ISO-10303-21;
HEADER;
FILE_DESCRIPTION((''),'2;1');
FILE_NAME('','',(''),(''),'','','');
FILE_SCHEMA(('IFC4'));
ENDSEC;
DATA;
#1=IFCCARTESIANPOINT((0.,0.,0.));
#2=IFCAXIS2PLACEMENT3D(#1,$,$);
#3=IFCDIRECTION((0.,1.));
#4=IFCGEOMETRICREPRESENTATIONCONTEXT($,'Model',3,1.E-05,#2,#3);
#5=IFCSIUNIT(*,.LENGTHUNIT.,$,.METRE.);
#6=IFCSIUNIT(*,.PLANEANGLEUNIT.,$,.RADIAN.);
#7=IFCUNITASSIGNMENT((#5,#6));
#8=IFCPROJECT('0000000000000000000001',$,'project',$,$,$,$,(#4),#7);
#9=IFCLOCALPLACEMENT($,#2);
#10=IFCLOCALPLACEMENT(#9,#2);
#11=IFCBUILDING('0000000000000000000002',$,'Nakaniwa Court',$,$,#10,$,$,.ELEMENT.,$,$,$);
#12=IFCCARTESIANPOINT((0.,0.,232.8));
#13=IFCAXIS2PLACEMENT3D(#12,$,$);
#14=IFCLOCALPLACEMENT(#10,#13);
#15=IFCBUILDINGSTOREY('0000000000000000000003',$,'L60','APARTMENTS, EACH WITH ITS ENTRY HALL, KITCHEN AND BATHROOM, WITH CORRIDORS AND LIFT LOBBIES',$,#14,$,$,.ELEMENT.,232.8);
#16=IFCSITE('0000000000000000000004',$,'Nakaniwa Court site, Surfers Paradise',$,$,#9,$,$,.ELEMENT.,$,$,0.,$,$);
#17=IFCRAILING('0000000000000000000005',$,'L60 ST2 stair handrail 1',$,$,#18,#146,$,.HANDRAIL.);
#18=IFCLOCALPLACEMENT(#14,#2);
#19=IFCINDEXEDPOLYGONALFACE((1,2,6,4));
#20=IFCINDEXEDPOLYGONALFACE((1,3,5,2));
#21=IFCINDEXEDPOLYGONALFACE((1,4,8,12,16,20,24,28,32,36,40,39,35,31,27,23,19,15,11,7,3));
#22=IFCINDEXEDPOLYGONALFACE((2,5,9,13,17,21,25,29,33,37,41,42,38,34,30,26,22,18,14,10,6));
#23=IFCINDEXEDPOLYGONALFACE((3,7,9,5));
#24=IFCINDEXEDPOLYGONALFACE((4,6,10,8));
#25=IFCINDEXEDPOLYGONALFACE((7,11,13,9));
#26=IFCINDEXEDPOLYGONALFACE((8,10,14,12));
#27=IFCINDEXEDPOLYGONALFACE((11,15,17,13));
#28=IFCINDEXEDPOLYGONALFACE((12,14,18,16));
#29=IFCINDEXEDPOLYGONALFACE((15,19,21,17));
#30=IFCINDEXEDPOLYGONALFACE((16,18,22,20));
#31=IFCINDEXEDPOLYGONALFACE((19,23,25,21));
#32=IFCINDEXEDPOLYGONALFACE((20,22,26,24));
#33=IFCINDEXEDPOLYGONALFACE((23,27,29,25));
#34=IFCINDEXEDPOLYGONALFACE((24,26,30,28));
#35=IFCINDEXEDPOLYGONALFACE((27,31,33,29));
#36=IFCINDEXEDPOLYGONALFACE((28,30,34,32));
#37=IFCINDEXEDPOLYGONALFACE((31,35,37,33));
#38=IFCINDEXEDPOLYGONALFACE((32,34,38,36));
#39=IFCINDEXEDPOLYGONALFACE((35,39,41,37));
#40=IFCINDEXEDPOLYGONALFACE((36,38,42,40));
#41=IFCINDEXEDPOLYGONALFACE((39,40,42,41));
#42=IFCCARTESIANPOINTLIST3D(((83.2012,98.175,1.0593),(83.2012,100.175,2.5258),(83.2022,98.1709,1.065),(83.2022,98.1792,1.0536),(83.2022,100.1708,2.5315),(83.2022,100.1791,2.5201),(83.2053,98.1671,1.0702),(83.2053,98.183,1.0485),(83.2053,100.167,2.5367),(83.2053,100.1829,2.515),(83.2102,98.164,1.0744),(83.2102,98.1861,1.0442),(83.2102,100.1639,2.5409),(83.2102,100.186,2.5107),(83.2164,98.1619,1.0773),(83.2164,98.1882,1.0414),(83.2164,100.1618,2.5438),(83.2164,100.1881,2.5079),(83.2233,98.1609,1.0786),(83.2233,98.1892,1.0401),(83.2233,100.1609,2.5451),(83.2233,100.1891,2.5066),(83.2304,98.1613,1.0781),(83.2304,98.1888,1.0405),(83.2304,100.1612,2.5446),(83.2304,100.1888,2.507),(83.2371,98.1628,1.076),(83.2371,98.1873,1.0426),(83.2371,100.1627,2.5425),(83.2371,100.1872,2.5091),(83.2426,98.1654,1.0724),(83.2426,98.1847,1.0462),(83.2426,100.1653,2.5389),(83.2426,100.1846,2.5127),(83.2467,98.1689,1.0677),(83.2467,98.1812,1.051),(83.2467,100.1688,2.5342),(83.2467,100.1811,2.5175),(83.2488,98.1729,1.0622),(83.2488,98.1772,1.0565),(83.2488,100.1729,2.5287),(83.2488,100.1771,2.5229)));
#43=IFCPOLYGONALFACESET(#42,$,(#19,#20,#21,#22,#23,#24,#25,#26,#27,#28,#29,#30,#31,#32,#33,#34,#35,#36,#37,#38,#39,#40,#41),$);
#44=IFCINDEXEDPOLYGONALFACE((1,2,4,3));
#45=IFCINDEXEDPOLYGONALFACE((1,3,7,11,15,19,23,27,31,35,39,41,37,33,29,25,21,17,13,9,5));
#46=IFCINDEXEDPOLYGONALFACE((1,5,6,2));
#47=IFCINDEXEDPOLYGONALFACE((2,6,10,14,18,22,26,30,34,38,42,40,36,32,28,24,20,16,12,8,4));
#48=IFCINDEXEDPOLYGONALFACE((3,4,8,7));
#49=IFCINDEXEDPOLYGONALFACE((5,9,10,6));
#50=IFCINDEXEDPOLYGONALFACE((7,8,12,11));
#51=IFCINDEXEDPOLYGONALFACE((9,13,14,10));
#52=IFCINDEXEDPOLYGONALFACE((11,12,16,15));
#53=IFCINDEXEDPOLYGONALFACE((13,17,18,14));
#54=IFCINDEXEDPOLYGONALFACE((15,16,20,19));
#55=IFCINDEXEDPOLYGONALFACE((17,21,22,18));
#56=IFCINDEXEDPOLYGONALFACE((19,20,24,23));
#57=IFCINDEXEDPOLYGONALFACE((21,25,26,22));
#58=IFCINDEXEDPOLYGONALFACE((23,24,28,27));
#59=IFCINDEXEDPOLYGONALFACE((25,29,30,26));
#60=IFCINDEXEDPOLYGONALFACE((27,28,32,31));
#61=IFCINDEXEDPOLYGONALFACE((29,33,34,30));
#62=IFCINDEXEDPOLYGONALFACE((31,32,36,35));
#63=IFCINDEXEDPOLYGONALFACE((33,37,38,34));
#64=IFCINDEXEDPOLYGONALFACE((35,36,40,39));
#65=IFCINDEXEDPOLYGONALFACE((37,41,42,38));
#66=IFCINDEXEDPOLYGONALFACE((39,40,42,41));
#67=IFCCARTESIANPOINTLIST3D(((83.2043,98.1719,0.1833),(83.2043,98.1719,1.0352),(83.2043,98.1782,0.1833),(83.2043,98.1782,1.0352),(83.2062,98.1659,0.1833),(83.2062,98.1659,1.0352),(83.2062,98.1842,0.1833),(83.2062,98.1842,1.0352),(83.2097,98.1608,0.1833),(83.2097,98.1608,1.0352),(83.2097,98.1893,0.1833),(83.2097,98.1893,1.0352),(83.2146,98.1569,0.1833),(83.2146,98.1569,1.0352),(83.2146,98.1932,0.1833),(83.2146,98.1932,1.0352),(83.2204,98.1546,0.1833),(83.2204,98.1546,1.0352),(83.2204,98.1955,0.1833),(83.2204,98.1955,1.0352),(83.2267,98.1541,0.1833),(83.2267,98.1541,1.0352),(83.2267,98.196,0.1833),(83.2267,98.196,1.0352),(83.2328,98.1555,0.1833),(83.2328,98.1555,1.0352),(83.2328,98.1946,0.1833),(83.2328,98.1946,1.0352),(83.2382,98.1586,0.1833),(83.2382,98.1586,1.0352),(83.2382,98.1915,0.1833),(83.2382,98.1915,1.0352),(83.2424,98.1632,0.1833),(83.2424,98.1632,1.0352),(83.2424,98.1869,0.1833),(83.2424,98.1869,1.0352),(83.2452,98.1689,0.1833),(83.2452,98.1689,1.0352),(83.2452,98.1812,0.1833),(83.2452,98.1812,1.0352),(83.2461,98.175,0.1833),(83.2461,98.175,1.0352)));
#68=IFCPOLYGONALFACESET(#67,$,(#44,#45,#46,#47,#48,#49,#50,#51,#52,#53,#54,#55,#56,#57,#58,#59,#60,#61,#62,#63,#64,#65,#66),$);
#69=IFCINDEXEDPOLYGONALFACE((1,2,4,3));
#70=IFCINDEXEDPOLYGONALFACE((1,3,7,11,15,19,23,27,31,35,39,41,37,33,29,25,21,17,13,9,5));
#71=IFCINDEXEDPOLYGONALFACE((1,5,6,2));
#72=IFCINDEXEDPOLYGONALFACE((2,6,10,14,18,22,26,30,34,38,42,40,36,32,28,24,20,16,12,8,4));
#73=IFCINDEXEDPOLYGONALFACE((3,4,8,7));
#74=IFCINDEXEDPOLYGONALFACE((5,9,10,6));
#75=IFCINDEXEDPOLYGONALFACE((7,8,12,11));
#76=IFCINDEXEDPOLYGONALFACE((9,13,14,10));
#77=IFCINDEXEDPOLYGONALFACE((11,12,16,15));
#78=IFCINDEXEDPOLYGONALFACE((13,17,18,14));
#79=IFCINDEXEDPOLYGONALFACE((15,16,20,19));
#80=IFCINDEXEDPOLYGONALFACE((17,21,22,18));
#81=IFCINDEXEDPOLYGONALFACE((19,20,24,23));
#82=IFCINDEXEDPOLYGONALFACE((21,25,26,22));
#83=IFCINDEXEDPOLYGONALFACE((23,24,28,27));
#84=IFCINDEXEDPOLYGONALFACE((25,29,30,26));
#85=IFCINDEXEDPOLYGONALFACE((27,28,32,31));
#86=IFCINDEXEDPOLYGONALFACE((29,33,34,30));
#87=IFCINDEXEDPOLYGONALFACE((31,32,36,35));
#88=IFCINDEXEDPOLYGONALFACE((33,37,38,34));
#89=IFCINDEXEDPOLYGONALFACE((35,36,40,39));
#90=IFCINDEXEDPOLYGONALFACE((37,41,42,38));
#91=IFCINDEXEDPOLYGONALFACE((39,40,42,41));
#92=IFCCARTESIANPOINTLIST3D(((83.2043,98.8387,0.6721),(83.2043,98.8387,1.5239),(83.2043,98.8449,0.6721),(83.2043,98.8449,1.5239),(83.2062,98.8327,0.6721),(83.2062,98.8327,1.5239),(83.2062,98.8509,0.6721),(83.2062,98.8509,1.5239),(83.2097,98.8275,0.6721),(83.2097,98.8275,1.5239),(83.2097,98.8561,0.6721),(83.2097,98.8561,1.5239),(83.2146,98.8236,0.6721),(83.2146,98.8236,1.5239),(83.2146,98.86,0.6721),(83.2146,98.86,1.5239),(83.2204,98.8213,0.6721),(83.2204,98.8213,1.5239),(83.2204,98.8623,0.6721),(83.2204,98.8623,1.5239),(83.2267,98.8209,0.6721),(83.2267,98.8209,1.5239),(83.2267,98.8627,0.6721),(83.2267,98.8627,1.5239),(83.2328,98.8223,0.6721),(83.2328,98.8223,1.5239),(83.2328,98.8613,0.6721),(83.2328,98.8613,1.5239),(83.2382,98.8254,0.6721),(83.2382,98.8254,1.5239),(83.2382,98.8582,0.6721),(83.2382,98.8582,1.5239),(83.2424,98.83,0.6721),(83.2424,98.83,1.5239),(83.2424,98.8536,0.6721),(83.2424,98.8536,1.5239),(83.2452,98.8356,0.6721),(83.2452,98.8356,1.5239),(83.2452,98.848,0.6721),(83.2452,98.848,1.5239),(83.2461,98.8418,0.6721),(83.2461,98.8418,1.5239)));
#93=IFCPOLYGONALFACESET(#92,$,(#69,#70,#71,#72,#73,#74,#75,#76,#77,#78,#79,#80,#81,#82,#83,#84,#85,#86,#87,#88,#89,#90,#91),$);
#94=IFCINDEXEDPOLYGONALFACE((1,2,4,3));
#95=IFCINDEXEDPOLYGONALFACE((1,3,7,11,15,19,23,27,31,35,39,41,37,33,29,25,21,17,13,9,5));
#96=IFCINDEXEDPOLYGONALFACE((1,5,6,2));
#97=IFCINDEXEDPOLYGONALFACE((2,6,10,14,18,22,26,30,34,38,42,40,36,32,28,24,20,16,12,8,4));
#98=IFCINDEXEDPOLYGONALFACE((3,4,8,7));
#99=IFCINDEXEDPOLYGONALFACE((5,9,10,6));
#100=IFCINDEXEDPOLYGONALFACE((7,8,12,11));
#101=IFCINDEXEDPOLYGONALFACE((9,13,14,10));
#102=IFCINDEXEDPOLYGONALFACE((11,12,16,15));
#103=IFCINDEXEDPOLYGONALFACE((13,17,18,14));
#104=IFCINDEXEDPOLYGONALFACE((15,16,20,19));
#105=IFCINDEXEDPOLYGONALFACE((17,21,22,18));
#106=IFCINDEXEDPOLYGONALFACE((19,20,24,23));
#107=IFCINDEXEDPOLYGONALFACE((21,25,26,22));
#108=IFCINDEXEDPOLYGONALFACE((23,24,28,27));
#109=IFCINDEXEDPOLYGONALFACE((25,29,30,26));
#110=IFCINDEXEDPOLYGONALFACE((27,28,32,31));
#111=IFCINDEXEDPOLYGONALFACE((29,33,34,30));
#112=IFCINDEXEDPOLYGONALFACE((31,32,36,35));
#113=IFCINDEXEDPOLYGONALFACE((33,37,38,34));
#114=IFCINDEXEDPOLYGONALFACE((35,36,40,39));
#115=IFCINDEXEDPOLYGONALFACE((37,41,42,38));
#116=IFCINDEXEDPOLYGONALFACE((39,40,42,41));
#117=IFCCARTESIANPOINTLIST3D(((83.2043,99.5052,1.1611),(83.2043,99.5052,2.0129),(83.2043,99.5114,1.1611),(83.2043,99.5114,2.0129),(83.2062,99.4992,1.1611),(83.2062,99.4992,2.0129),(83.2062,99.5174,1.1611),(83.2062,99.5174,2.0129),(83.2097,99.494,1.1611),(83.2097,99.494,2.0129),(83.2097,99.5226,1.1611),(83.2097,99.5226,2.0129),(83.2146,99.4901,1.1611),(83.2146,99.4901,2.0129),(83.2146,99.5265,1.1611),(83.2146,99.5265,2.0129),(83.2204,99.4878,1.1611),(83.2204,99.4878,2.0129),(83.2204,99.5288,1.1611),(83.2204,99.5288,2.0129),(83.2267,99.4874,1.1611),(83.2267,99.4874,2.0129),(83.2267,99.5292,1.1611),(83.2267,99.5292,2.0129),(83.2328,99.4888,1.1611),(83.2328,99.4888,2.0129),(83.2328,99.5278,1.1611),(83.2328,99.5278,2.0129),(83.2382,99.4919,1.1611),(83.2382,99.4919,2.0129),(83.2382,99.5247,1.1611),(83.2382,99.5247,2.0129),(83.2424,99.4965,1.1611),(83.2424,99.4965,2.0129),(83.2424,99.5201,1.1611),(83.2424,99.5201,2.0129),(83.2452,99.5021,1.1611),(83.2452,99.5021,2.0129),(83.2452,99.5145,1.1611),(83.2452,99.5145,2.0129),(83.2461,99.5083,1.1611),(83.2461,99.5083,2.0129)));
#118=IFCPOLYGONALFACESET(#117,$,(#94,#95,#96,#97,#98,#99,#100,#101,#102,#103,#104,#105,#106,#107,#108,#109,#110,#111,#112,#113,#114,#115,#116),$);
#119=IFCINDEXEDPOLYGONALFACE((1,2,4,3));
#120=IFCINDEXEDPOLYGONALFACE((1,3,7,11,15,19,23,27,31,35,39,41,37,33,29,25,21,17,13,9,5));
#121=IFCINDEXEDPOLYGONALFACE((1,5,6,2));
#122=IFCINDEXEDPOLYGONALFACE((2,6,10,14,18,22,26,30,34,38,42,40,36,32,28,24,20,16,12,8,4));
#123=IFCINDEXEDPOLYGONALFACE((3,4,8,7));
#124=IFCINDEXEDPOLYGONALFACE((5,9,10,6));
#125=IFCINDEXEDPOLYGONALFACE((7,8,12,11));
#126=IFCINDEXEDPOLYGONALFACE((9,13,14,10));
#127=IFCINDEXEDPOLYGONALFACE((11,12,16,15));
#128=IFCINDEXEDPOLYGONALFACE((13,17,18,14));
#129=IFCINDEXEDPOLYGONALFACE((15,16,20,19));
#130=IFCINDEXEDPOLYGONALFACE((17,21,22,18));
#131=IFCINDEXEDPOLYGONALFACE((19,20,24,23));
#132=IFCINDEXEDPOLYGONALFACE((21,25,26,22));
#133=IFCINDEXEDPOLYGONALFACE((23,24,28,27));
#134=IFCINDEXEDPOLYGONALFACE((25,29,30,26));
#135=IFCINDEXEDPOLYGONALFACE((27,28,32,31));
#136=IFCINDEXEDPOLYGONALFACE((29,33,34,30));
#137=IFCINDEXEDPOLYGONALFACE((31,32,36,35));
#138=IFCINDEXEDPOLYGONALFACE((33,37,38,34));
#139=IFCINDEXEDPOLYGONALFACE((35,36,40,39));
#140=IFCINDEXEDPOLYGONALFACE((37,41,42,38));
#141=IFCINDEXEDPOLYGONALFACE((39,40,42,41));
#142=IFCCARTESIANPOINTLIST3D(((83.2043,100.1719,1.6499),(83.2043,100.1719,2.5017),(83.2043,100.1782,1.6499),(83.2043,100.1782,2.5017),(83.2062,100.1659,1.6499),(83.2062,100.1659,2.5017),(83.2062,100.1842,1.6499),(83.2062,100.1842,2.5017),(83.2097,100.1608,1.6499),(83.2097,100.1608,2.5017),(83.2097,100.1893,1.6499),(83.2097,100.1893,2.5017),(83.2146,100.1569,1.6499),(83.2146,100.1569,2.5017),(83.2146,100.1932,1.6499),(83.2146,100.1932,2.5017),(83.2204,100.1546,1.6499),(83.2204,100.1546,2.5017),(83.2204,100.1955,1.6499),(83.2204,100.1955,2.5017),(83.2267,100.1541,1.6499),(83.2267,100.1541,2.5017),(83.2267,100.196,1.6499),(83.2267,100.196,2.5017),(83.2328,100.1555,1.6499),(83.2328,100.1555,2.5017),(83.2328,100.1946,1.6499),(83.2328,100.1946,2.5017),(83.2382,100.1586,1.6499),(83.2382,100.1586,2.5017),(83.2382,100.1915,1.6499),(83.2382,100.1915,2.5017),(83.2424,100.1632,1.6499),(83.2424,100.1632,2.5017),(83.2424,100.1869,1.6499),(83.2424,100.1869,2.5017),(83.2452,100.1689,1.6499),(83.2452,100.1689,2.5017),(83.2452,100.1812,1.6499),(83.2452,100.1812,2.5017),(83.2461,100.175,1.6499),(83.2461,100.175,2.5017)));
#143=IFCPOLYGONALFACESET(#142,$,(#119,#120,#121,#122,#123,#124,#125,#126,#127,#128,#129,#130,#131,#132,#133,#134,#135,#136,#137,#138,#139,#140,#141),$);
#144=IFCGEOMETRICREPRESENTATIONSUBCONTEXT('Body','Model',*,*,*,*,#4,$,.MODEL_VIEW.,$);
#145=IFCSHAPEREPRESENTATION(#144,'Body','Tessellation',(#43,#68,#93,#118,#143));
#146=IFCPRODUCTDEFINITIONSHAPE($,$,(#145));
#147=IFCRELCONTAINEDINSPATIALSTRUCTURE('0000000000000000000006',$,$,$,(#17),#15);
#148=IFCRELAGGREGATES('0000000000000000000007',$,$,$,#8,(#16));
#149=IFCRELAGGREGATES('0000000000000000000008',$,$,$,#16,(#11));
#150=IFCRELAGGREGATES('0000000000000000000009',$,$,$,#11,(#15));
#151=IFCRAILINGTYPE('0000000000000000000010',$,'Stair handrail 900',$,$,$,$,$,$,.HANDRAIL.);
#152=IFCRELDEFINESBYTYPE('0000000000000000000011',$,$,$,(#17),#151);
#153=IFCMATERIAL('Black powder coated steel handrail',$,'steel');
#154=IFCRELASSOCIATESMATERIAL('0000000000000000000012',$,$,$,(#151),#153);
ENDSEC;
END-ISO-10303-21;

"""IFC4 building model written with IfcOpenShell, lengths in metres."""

from ifc_helpers import new_model, si_unit, direction, frame, origin, origin_2d, place, context, subcontext, project, spatial, circle, extrude, material, type_object, element, save


model = new_model("IFC4")

# Units and contexts
model_context = context("Model", 3, precision=1e-05, world=origin(), true_north=direction((0.0, 1.0)))
body_context = subcontext(model_context, "Body", "Model", "MODEL_VIEW")
ifc_project = project(units=[si_unit("LENGTHUNIT", "METRE"), si_unit("PLANEANGLEUNIT", "RADIAN")], contexts=[model_context])

# Site, building, storey
site_placement = place(None, origin())
site = spatial("IfcSite", under=ifc_project, at=site_placement, Name="Nakaniwa Court site, Surfers Paradise", CompositionType="ELEMENT", RefElevation=0.0)
building_placement = place(site_placement, origin())
building = spatial("IfcBuilding", under=site, at=building_placement, Name="Nakaniwa Court", CompositionType="ELEMENT")
storey_placement = place(building_placement, frame((0.0, 0.0, 232.8)))
storey = spatial("IfcBuildingStorey", under=building, at=storey_placement, Name="L60", Description="APARTMENTS, EACH WITH ITS ENTRY HALL, KITCHEN AND BATHROOM, WITH CORRIDORS AND LIFT LOBBIES", CompositionType="ELEMENT", Elevation=232.8)

# Railing
ifc_material_1 = material(Name="Black powder coated steel handrail", Category="steel")
railing_type_1 = type_object("IfcRailingType", Name="Stair handrail 900", PredefinedType="HANDRAIL", material=ifc_material_1)
railing_1_placement = place(storey_placement, frame((83.2251, 98.175, 0.1833)))
element("IfcRailing", 1, at=railing_1_placement, inside=storey, type_object=railing_type_1, Name="L60 ST2 stair handrail 1", PredefinedType="HANDRAIL", context=body_context, shape_type="SweptSolid", body=[
    extrude(circle(Radius=0.0239, at=origin_2d()), frame((0.0, 0.0, 0.876), z_axis=(0.0, 0.806427, 0.591334), x_axis=(-1.0, 0.0, 0.0)), (0.0, 0.0, 1.0), 2.48),
    extrude(circle(Radius=0.021, at=origin_2d()), origin(), (0.0, 0.0, 1.0), 0.8518),
    extrude(circle(Radius=0.021, at=origin_2d()), frame((0.0, 0.6667, 0.4888)), (0.0, 0.0, 1.0), 0.8518),
    extrude(circle(Radius=0.021, at=origin_2d()), frame((0.0, 1.3333, 0.9778)), (0.0, 0.0, 1.0), 0.8518),
    extrude(circle(Radius=0.021, at=origin_2d()), frame((0.0, 2.0, 1.4666)), (0.0, 0.0, 1.0), 0.8518),
])

save(model, "model.ifc")
